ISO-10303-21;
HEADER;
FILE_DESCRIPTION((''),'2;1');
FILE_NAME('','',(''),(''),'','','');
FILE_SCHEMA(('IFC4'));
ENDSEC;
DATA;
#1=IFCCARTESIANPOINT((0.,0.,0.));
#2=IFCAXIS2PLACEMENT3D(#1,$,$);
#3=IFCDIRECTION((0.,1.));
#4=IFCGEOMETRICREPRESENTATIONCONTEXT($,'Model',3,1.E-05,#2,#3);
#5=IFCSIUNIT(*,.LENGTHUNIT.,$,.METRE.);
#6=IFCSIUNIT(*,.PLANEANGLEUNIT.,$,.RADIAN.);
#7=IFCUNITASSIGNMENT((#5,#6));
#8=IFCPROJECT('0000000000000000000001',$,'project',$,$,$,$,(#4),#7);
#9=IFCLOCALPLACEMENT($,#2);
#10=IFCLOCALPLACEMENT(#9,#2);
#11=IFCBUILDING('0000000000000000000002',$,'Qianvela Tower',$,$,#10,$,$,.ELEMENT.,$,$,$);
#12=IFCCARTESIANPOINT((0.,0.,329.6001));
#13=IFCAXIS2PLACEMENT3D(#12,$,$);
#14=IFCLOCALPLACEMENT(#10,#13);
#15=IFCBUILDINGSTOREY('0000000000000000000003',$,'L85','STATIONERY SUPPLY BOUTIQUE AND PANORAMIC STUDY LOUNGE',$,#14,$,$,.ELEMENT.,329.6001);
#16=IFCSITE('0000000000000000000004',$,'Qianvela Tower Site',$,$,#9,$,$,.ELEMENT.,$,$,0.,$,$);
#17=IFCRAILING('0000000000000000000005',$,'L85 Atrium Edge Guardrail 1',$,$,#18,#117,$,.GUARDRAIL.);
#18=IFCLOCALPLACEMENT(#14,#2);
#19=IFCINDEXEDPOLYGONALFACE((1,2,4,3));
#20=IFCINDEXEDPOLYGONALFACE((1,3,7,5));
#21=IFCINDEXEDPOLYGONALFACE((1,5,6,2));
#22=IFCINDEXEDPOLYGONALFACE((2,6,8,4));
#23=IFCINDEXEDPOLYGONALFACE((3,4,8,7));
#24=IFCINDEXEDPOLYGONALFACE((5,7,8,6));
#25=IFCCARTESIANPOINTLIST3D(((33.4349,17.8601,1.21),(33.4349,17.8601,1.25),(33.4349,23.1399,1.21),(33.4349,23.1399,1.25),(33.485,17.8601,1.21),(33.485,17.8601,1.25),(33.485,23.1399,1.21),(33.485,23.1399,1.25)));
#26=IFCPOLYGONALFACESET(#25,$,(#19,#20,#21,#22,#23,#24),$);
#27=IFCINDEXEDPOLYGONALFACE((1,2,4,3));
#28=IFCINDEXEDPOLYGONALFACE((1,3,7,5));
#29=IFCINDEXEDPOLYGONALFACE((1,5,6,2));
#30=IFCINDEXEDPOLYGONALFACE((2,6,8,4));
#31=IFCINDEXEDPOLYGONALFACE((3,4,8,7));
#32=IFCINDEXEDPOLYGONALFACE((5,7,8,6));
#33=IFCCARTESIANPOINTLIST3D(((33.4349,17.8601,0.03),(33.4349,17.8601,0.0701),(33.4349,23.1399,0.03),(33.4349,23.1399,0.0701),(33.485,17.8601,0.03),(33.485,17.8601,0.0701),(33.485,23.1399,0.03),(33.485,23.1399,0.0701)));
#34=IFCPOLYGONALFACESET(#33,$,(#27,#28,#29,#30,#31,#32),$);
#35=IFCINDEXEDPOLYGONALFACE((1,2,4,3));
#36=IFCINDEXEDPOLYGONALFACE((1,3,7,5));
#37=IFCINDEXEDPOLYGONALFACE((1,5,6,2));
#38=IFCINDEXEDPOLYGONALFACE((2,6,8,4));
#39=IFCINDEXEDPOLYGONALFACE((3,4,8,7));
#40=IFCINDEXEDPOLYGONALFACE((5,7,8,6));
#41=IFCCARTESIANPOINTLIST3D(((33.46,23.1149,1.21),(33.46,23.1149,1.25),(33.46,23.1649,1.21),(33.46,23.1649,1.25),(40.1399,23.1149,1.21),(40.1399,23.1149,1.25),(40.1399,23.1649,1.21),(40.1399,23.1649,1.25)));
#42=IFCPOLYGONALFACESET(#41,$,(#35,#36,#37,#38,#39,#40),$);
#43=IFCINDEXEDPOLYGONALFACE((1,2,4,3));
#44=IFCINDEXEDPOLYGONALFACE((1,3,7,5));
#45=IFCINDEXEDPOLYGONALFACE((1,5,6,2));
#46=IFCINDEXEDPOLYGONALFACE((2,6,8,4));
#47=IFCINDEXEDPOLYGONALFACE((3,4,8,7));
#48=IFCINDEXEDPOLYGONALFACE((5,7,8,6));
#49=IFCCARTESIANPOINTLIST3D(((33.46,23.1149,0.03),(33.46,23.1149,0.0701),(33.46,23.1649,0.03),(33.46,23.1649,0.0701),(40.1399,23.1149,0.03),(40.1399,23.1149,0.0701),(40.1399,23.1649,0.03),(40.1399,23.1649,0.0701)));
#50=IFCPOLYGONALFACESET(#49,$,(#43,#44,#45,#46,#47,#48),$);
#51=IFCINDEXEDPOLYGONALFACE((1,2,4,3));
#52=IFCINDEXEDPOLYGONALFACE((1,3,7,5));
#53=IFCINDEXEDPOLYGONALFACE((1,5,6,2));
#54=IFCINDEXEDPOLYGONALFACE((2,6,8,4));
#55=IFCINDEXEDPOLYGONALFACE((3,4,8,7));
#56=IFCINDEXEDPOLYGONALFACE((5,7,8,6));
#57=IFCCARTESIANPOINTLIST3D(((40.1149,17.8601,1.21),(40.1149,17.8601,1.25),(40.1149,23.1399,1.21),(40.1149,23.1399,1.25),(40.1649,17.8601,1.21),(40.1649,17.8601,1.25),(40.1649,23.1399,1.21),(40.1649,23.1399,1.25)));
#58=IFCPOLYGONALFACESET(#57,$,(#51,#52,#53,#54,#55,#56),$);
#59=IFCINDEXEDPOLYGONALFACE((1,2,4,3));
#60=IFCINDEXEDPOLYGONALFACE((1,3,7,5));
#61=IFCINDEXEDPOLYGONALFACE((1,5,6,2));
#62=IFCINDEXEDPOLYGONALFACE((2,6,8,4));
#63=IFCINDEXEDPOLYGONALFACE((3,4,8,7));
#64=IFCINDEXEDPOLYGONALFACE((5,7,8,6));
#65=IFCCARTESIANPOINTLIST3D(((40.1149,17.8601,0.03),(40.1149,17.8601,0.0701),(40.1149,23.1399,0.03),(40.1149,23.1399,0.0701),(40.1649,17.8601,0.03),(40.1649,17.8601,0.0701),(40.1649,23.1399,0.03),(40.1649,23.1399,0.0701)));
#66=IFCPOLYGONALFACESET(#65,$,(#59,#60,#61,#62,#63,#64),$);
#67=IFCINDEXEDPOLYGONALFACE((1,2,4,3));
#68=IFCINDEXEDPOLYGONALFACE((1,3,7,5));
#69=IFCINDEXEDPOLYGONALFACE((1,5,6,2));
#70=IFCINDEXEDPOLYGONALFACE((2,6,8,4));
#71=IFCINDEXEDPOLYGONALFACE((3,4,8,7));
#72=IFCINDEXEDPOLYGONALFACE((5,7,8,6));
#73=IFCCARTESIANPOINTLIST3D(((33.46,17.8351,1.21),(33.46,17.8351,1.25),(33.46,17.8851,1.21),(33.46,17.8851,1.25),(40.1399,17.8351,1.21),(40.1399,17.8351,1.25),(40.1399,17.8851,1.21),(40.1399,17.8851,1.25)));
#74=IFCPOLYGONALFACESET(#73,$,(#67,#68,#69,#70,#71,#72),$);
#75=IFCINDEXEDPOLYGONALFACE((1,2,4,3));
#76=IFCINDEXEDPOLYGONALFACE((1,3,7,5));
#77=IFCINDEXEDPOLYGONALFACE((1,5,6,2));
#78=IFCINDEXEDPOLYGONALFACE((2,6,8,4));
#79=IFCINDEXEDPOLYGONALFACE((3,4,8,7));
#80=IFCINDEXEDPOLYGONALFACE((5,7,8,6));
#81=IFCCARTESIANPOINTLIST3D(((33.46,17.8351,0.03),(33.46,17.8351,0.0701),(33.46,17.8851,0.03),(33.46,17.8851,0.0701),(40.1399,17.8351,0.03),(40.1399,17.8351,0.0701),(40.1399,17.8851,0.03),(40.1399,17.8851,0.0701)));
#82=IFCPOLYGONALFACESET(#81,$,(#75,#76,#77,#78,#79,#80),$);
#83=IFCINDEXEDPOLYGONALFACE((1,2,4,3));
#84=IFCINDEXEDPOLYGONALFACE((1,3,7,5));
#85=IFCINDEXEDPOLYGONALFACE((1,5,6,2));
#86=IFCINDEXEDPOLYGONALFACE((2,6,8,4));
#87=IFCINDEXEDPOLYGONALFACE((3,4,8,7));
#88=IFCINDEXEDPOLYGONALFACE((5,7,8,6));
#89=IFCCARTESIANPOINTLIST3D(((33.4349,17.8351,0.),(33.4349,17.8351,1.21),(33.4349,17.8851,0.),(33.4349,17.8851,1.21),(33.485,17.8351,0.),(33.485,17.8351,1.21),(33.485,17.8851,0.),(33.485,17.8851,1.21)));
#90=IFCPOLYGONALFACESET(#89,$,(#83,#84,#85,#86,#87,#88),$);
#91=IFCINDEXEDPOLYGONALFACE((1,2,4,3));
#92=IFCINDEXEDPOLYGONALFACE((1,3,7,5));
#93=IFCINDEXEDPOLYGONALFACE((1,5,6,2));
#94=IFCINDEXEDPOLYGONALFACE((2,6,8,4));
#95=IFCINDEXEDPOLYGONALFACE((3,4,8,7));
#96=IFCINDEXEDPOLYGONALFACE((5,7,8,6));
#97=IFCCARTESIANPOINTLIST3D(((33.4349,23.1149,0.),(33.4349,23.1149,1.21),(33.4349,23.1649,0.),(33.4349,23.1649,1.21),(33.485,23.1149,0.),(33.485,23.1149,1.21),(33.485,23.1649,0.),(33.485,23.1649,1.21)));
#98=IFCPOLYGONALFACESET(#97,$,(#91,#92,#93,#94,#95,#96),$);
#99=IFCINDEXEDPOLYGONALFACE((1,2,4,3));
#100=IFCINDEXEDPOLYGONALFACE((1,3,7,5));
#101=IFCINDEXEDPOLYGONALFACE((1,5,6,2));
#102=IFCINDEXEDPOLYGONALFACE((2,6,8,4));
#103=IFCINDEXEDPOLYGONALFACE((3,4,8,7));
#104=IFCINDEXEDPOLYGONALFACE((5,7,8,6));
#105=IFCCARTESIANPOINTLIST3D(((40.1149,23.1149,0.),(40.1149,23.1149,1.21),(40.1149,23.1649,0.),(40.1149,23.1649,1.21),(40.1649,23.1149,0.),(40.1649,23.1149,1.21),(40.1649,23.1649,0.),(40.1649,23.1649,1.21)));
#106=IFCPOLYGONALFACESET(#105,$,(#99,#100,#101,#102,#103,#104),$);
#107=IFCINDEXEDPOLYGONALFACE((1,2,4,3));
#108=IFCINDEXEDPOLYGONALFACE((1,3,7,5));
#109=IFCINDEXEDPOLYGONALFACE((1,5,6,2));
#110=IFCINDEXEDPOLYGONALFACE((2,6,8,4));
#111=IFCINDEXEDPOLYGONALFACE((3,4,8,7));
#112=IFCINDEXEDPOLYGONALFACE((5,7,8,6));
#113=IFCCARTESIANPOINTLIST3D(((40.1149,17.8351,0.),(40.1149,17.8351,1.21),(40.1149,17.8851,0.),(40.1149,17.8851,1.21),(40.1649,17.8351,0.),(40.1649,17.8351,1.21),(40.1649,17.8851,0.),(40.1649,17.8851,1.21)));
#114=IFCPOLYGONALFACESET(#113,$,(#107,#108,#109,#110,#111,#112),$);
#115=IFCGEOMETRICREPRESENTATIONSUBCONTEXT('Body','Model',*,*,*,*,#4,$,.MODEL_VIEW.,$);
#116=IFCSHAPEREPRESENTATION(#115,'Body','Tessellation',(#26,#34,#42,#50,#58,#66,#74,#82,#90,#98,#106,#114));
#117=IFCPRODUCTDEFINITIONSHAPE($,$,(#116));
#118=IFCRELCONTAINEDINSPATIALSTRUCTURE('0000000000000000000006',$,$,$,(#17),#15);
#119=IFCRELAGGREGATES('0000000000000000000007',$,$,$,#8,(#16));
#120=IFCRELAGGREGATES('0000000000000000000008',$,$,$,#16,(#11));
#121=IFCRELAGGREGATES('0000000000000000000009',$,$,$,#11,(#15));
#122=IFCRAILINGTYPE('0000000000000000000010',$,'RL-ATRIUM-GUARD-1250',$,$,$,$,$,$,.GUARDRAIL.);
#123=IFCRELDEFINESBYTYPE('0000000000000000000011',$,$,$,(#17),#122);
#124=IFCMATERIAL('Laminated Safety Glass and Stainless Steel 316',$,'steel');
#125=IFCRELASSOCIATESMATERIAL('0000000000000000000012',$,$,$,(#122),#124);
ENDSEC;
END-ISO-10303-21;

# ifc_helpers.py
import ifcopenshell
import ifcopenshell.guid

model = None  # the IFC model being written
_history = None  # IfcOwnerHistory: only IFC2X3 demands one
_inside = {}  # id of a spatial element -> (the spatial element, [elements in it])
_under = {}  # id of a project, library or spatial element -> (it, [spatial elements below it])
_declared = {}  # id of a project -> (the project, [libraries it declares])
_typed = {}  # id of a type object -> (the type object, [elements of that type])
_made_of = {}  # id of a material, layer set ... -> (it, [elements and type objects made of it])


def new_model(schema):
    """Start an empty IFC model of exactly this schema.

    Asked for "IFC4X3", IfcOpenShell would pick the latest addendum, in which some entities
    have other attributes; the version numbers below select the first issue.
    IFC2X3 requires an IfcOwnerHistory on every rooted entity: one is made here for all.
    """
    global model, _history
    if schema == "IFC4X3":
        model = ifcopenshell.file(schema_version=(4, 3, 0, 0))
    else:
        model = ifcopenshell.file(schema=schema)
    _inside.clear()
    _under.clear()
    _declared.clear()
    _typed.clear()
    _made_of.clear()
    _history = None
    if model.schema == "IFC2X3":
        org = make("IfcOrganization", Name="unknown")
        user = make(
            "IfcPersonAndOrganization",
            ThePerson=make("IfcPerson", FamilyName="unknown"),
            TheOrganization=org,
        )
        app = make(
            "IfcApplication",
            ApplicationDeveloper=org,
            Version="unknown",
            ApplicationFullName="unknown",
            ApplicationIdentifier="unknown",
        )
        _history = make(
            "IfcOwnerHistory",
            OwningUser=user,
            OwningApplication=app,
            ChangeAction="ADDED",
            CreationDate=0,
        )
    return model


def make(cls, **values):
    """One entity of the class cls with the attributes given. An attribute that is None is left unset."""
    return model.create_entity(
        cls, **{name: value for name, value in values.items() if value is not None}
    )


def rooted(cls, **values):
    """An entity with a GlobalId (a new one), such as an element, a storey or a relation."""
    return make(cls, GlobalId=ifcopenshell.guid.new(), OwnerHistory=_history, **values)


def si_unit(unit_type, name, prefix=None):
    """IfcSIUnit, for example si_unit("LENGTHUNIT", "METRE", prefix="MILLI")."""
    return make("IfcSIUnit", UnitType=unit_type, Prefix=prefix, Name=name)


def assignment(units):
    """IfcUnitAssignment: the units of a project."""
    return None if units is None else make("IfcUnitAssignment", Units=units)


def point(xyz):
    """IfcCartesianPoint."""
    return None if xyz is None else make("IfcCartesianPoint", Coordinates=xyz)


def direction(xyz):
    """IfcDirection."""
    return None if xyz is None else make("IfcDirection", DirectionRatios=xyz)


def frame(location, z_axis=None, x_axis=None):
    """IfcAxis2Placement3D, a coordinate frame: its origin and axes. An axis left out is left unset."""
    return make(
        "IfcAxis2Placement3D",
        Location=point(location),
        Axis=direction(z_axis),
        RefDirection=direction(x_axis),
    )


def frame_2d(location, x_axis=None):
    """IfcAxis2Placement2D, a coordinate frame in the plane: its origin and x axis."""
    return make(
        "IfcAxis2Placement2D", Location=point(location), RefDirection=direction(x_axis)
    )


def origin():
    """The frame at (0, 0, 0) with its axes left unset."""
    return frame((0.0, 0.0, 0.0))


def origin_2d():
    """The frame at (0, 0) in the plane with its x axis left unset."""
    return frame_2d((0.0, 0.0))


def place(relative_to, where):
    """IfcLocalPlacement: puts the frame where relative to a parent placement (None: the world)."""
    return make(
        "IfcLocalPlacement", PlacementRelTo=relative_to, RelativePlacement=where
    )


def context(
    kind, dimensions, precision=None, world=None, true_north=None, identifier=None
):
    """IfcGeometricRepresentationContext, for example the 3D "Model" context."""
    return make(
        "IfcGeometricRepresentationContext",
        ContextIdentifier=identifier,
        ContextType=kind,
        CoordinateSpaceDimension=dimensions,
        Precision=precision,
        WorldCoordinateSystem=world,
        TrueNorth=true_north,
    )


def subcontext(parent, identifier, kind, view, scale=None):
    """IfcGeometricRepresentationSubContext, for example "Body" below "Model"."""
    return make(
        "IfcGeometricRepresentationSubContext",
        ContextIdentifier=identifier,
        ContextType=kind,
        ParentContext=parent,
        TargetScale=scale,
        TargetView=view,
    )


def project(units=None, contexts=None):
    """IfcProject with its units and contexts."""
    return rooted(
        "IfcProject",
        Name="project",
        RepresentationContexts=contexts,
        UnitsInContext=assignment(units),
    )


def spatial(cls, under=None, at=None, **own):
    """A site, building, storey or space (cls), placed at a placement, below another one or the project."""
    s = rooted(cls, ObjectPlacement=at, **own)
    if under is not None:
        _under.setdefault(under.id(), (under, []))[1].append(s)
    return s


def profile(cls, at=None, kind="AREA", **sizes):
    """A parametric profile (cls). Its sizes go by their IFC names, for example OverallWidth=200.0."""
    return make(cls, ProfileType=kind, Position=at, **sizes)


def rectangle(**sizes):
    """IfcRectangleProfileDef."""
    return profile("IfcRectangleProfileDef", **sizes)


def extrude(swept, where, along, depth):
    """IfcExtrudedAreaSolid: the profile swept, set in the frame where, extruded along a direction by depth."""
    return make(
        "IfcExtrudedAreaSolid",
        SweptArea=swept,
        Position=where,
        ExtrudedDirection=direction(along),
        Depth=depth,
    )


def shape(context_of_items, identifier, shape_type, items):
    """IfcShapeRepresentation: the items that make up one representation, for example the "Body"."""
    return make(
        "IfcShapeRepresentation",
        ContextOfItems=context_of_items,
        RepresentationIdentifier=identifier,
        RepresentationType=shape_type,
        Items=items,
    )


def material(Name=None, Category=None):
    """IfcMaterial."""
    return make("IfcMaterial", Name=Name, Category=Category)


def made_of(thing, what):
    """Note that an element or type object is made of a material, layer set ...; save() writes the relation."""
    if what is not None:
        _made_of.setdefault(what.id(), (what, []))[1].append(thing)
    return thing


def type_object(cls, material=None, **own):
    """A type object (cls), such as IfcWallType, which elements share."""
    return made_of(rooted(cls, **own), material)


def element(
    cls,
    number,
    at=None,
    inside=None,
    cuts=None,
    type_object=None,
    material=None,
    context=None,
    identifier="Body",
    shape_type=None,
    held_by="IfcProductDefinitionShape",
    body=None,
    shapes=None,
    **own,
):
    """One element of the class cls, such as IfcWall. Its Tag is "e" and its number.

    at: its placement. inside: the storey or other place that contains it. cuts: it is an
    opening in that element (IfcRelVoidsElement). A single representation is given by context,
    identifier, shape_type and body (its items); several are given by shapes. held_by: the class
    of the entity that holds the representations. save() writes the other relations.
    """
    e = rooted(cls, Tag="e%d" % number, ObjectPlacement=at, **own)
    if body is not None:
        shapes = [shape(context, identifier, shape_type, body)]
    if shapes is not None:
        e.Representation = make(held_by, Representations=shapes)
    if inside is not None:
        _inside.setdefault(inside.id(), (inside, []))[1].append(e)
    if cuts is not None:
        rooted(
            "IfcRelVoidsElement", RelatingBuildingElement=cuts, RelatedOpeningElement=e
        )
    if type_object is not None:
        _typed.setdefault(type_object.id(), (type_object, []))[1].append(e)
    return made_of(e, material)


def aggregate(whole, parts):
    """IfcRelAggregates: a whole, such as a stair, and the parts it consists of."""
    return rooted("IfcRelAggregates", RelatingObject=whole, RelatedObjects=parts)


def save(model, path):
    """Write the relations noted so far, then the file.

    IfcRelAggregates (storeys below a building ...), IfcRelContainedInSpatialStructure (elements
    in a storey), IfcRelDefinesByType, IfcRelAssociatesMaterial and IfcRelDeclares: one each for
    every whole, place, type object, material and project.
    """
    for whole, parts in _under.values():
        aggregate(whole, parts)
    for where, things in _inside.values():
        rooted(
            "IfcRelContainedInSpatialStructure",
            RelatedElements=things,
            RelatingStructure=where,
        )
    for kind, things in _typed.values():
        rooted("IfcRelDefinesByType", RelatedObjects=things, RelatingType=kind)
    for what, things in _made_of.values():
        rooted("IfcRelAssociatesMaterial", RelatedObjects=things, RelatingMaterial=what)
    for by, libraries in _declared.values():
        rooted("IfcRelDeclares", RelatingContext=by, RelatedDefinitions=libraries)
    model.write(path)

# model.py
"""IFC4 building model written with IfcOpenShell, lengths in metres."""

from ifc_helpers import new_model, si_unit, direction, frame, origin, origin_2d, place, context, subcontext, project, spatial, rectangle, extrude, material, type_object, element, save


model = new_model("IFC4")

# Units and contexts
model_context = context("Model", 3, precision=1e-05, world=origin(), true_north=direction((0.0, 1.0)))
body_context = subcontext(model_context, "Body", "Model", "MODEL_VIEW")
ifc_project = project(units=[si_unit("LENGTHUNIT", "METRE"), si_unit("PLANEANGLEUNIT", "RADIAN")], contexts=[model_context])

# Site, building, storey
site_placement = place(None, origin())
site = spatial("IfcSite", under=ifc_project, at=site_placement, Name="Qianvela Tower Site", CompositionType="ELEMENT", RefElevation=0.0)
building_placement = place(site_placement, origin())
building = spatial("IfcBuilding", under=site, at=building_placement, Name="Qianvela Tower", CompositionType="ELEMENT")
storey_placement = place(building_placement, frame((0.0, 0.0, 329.6001)))
storey = spatial("IfcBuildingStorey", under=building, at=storey_placement, Name="L85", Description="STATIONERY SUPPLY BOUTIQUE AND PANORAMIC STUDY LOUNGE", CompositionType="ELEMENT", Elevation=329.6001)

# Railing
ifc_material_1 = material(Name="Laminated Safety Glass and Stainless Steel 316", Category="steel")
railing_type = type_object("IfcRailingType", Name="RL-ATRIUM-GUARD-1250", PredefinedType="GUARDRAIL", material=ifc_material_1)
railing_placement = place(storey_placement, frame((33.46, 17.8601, 0.0)))
element("IfcRailing", 1, at=railing_placement, inside=storey, type_object=railing_type, Name="L85 Atrium Edge Guardrail 1", PredefinedType="GUARDRAIL", context=body_context, shape_type="SweptSolid", body=[
    extrude(rectangle(XDim=0.05, YDim=0.04, at=origin_2d()), frame((0.0, 0.0, 1.23), z_axis=(0.0, 1.0, 0.0), x_axis=(-1.0, 0.0, 0.0)), (0.0, 0.0, 1.0), 5.2798),
    extrude(rectangle(XDim=0.05, YDim=0.04, at=origin_2d()), frame((0.0, 0.0, 0.05), z_axis=(0.0, 1.0, 0.0), x_axis=(-1.0, 0.0, 0.0)), (0.0, 0.0, 1.0), 5.2798),
    extrude(rectangle(XDim=0.05, YDim=0.04, at=origin_2d()), frame((0.0, 5.2798, 1.23), z_axis=(1.0, 0.0, 0.0), x_axis=(0.0, 1.0, 0.0)), (0.0, 0.0, 1.0), 6.6799),
    extrude(rectangle(XDim=0.05, YDim=0.04, at=origin_2d()), frame((0.0, 5.2798, 0.05), z_axis=(1.0, 0.0, 0.0), x_axis=(0.0, 1.0, 0.0)), (0.0, 0.0, 1.0), 6.6799),
    extrude(rectangle(XDim=0.05, YDim=0.04, at=origin_2d()), frame((6.6799, 5.2798, 1.23), z_axis=(0.0, -1.0, 0.0), x_axis=(1.0, 0.0, 0.0)), (0.0, 0.0, 1.0), 5.2798),
    extrude(rectangle(XDim=0.05, YDim=0.04, at=origin_2d()), frame((6.6799, 5.2798, 0.05), z_axis=(0.0, -1.0, 0.0), x_axis=(1.0, 0.0, 0.0)), (0.0, 0.0, 1.0), 5.2798),
    extrude(rectangle(XDim=0.05, YDim=0.04, at=origin_2d()), frame((6.6799, 0.0, 1.23), z_axis=(-1.0, 0.0, 0.0), x_axis=(0.0, -1.0, 0.0)), (0.0, 0.0, 1.0), 6.6799),
    extrude(rectangle(XDim=0.05, YDim=0.04, at=origin_2d()), frame((6.6799, 0.0, 0.05), z_axis=(-1.0, 0.0, 0.0), x_axis=(0.0, -1.0, 0.0)), (0.0, 0.0, 1.0), 6.6799),
    extrude(rectangle(XDim=0.05, YDim=0.05, at=origin_2d()), origin(), (0.0, 0.0, 1.0), 1.21),
    extrude(rectangle(XDim=0.05, YDim=0.05, at=origin_2d()), frame((0.0, 5.2798, 0.0)), (0.0, 0.0, 1.0), 1.21),
    extrude(rectangle(XDim=0.05, YDim=0.05, at=origin_2d()), frame((6.6799, 5.2798, 0.0)), (0.0, 0.0, 1.0), 1.21),
    extrude(rectangle(XDim=0.05, YDim=0.05, at=origin_2d()), frame((6.6799, 0.0, 0.0)), (0.0, 0.0, 1.0), 1.21),
])

save(model, "model.ifc")
